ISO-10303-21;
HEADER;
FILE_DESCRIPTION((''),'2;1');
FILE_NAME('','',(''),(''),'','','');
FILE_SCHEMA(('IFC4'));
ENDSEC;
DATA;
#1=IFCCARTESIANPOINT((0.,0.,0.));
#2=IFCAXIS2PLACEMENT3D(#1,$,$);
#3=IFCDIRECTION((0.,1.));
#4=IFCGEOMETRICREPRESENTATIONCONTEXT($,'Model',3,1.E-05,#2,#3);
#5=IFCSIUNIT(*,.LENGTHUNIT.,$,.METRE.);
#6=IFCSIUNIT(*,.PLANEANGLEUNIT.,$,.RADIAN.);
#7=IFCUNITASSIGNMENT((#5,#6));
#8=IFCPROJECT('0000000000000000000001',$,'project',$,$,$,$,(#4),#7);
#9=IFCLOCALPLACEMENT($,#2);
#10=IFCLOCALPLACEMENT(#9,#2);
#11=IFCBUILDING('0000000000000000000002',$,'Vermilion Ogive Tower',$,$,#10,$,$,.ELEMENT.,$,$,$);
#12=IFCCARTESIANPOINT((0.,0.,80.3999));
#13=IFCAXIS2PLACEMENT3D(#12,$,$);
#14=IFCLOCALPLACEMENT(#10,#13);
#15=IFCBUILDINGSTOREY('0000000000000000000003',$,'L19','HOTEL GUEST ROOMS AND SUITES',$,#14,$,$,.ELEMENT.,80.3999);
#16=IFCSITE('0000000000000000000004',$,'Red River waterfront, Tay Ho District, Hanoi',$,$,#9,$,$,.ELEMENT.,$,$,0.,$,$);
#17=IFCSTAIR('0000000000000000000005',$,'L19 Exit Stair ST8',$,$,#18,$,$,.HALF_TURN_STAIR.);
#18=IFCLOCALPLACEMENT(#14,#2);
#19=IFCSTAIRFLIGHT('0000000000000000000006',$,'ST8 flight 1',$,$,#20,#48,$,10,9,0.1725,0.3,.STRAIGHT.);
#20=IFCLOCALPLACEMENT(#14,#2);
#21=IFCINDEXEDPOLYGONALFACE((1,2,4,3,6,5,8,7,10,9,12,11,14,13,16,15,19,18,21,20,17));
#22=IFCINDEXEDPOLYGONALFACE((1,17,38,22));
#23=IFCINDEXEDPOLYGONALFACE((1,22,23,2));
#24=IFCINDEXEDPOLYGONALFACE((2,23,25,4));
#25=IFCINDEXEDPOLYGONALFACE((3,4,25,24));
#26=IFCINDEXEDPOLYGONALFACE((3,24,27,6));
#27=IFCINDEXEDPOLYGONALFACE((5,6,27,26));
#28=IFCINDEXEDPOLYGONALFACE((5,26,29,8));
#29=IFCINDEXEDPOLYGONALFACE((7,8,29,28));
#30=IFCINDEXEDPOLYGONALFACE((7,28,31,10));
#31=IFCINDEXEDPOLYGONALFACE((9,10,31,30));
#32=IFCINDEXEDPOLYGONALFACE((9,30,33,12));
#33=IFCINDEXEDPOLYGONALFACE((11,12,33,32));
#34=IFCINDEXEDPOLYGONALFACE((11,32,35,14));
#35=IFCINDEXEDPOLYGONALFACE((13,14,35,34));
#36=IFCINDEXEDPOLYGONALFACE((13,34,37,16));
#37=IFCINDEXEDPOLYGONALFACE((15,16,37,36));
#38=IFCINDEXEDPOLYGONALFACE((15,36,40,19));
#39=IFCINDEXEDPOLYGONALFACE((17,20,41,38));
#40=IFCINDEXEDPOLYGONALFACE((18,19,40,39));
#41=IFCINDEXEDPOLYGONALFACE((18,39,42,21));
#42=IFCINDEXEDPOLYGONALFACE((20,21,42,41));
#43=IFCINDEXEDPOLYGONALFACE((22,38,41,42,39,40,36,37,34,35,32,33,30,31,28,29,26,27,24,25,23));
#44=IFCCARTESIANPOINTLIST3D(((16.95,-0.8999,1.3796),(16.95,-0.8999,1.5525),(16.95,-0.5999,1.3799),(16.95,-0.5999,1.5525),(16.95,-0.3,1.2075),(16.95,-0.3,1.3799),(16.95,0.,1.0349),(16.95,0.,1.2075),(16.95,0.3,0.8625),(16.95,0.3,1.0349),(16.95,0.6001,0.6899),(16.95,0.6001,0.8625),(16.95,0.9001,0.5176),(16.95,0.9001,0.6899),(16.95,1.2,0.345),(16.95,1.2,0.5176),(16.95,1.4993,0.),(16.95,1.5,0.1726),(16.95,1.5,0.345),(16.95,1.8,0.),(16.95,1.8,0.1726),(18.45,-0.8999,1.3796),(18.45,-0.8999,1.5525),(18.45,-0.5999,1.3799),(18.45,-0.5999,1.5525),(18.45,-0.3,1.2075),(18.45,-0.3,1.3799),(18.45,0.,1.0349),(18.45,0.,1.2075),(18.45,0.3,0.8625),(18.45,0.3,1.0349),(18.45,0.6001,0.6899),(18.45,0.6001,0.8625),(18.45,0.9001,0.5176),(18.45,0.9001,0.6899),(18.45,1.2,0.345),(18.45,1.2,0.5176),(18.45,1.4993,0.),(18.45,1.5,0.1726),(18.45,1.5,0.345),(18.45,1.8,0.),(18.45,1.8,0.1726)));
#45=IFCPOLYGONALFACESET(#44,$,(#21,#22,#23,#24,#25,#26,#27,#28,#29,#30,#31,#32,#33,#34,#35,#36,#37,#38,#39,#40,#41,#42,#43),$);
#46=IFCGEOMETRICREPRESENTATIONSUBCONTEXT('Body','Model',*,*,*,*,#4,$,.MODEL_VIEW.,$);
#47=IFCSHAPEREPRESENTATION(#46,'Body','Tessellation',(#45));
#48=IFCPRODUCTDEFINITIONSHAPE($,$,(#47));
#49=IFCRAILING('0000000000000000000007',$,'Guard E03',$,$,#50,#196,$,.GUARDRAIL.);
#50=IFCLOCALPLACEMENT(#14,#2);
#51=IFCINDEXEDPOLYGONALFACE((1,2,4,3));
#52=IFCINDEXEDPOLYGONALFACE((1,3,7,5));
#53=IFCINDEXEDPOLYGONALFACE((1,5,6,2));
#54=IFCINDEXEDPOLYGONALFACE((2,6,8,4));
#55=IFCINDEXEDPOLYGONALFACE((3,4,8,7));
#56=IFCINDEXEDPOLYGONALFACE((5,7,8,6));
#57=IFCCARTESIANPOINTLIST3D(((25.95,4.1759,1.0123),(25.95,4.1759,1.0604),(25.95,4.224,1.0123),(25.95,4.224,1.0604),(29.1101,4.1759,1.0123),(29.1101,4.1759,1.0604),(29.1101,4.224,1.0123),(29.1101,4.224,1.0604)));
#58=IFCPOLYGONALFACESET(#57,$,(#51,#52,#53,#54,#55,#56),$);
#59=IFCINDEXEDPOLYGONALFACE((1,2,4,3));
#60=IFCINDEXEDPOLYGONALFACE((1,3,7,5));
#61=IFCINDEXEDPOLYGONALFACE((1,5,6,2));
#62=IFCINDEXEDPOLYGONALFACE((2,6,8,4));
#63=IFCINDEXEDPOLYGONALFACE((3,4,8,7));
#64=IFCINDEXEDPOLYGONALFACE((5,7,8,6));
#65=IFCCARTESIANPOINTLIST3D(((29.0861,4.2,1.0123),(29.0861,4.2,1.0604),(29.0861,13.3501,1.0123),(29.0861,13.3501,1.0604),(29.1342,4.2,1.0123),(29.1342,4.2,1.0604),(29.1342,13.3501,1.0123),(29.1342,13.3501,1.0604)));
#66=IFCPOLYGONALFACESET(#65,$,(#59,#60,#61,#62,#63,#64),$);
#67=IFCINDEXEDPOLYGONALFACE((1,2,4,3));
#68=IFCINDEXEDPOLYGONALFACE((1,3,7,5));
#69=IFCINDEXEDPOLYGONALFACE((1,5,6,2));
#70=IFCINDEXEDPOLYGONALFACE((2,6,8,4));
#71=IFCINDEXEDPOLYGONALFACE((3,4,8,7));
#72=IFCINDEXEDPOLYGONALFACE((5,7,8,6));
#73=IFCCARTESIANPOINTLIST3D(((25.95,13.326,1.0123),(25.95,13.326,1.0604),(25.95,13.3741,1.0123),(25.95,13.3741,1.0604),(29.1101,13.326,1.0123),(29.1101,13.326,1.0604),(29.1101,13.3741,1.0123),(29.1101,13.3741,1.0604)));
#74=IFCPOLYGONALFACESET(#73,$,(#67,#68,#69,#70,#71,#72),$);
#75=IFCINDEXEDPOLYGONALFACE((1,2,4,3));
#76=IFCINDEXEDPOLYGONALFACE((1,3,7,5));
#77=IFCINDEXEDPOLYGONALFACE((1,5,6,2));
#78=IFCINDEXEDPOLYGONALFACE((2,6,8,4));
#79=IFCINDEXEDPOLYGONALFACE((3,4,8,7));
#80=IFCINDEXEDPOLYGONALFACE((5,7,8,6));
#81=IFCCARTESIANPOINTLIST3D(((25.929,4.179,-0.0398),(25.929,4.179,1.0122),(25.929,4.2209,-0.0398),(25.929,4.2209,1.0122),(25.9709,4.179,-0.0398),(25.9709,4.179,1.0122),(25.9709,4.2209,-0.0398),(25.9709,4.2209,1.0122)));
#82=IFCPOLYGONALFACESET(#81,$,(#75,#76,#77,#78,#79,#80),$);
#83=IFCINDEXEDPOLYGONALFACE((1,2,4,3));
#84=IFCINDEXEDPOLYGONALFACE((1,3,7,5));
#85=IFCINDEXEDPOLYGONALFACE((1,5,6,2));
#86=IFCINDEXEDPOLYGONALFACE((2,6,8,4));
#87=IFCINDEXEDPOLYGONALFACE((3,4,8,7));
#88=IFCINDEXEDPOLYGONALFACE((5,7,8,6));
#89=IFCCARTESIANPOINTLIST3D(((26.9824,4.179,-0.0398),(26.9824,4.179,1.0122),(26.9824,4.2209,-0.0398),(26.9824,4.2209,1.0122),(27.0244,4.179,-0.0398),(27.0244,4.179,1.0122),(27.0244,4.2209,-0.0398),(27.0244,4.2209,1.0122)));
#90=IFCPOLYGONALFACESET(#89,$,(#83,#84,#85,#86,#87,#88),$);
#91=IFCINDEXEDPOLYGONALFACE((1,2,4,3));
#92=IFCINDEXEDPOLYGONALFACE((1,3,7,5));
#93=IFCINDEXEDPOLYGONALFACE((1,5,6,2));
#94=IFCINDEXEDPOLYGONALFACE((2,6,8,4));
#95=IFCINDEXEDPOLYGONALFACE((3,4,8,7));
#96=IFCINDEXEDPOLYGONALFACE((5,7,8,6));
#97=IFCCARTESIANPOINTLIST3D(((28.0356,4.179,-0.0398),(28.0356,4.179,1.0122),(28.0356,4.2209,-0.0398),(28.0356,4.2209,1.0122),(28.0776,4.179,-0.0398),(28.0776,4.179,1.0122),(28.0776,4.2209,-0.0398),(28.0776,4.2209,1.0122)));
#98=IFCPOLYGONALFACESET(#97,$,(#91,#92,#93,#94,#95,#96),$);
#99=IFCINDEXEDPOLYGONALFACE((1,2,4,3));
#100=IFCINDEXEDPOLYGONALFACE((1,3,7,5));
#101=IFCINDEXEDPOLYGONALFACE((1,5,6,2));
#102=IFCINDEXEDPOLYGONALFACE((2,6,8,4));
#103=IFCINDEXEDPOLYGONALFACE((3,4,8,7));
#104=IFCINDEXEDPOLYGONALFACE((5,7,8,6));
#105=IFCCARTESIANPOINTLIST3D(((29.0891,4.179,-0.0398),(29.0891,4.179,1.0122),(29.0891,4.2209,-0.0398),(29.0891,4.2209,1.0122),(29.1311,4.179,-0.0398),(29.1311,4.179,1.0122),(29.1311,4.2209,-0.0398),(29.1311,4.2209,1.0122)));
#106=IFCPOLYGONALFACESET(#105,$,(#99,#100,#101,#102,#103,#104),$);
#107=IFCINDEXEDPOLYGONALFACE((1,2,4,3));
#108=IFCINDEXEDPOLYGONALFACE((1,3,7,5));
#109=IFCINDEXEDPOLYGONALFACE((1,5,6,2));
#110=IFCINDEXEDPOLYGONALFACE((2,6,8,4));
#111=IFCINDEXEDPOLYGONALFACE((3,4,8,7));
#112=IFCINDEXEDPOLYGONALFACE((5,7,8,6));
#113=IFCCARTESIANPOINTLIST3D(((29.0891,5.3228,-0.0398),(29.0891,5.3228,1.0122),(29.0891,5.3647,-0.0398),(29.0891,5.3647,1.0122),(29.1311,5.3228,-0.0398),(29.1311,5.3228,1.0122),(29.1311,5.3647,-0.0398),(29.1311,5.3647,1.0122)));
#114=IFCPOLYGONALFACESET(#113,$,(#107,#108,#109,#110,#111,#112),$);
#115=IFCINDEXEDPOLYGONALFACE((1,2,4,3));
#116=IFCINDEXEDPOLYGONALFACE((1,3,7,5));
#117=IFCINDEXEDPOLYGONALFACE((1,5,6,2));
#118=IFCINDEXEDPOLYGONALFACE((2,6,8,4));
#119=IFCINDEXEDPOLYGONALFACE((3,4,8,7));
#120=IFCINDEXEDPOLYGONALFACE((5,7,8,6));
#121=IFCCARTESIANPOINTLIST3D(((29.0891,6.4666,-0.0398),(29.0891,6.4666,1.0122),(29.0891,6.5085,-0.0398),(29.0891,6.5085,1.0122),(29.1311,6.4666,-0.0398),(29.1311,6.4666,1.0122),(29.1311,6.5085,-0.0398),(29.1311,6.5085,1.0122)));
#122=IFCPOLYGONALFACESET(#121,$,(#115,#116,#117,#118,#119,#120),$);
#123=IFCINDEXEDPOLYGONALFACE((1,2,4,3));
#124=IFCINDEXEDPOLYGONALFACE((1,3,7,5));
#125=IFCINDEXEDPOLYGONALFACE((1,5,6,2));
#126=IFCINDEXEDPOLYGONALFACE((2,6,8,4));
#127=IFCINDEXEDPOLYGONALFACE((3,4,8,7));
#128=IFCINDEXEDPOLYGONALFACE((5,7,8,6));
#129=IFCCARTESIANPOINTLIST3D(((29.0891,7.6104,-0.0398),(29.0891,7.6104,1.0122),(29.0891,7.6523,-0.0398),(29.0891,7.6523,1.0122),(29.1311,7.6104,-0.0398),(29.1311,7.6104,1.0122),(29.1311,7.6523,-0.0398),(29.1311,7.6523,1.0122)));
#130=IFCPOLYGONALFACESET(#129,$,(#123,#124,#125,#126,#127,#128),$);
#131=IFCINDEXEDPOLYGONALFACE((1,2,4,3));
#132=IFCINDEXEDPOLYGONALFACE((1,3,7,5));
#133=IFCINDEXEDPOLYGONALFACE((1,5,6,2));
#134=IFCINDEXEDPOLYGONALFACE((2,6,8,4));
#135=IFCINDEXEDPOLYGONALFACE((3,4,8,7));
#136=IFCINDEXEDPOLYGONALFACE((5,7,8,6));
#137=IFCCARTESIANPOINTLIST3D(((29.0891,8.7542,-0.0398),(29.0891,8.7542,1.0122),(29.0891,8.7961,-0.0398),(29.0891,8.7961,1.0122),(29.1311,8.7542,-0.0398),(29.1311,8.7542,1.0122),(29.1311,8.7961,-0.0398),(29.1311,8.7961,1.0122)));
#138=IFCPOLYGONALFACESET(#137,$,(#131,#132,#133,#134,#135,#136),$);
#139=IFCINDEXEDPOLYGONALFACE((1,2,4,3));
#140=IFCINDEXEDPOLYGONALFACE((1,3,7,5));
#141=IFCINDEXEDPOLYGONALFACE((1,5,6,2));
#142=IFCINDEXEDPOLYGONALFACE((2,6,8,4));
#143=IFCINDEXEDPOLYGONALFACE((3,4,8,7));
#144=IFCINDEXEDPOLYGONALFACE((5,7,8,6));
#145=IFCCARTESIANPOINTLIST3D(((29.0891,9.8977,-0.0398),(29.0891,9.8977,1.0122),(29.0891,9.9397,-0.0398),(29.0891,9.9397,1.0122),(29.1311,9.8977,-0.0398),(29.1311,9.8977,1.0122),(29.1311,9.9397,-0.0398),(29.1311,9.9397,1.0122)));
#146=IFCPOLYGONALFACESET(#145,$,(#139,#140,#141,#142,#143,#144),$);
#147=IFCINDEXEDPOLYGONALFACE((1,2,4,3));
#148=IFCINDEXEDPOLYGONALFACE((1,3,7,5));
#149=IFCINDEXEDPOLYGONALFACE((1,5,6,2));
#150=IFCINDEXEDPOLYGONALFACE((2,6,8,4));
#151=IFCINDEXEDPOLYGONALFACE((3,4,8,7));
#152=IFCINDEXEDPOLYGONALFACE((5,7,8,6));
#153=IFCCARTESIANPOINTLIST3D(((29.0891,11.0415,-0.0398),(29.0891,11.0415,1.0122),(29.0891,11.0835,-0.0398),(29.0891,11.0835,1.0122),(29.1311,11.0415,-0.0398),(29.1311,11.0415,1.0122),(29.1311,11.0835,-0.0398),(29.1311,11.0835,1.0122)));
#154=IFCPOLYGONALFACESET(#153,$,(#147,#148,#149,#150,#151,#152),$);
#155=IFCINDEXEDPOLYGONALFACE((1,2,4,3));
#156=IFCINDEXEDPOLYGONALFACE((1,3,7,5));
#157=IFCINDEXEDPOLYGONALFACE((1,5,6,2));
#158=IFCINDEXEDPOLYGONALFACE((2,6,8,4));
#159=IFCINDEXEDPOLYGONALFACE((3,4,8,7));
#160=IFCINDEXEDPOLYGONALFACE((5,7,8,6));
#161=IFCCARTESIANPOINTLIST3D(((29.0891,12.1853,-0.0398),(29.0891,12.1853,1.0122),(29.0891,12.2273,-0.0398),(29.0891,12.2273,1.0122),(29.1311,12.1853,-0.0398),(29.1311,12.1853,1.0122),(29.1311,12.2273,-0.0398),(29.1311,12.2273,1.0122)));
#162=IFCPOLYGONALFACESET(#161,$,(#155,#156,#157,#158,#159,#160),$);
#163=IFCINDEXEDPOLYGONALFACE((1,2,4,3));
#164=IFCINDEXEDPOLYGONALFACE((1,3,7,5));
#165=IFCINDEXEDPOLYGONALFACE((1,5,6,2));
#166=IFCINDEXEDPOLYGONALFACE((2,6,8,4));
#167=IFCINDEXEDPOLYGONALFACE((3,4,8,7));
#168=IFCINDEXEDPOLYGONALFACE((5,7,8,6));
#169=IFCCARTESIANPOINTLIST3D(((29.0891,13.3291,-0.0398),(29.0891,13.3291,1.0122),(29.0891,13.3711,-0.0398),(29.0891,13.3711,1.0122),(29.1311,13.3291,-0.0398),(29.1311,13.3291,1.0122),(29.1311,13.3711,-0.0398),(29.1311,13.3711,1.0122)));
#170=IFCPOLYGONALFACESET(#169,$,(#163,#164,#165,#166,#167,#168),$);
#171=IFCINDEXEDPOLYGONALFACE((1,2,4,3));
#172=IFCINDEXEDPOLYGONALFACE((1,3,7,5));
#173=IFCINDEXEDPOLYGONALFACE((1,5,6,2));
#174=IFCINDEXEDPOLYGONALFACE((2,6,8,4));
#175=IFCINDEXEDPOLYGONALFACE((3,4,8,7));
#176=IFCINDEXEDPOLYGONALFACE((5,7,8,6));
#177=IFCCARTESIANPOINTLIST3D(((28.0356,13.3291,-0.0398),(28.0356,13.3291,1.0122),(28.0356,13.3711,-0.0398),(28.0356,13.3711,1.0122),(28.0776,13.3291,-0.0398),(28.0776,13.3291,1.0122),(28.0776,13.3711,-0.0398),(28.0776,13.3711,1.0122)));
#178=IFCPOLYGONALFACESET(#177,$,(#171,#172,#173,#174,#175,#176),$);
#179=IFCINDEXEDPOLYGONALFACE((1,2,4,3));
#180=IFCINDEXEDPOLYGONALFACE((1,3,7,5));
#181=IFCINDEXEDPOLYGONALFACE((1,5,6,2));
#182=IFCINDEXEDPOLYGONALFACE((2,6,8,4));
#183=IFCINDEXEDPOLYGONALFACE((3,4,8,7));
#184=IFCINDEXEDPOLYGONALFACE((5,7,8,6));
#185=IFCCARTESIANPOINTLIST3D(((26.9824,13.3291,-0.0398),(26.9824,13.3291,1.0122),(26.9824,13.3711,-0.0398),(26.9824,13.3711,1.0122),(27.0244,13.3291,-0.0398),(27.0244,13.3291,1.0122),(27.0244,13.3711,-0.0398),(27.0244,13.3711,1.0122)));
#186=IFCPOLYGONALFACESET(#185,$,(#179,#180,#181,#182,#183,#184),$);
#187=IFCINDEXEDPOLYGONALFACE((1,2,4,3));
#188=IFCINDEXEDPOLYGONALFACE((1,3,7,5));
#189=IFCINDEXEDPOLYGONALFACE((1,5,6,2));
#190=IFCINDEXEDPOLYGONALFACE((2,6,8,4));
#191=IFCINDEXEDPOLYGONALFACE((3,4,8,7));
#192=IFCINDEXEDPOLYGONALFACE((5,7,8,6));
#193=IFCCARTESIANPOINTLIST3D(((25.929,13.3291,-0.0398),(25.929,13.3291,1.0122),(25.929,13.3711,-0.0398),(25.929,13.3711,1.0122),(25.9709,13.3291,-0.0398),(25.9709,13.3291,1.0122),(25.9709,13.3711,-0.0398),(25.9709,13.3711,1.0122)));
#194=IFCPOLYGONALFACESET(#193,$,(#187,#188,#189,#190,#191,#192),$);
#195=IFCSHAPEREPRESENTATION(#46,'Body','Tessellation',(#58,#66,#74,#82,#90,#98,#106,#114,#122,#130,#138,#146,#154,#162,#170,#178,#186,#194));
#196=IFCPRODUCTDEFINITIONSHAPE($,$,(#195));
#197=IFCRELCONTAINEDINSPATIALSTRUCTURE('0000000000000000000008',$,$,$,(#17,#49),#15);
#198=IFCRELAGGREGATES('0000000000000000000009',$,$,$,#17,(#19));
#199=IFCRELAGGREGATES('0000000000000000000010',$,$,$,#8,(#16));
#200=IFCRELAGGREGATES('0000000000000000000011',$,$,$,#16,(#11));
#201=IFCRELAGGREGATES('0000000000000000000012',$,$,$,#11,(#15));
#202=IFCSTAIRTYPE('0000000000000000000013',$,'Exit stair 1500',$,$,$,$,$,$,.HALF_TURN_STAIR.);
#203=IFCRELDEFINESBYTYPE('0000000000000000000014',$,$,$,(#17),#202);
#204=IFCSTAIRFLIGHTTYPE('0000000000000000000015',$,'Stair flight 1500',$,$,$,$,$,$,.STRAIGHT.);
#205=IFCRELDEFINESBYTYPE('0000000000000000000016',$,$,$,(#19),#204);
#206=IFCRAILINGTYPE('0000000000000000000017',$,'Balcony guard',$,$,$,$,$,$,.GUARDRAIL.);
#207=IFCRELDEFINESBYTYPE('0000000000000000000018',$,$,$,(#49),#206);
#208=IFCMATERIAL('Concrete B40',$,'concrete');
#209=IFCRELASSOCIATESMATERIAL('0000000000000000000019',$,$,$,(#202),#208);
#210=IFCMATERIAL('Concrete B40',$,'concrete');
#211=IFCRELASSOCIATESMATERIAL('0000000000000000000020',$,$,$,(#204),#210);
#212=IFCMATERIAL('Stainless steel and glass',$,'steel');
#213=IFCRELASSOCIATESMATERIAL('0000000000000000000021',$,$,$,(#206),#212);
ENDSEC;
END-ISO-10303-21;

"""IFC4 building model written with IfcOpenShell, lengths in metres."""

from ifc_helpers import new_model, si_unit, direction, frame, origin, origin_2d, place, context, subcontext, project, spatial, polyline, rectangle, outline, extrude, material, type_object, element, aggregate, save


model = new_model("IFC4")

# Units and contexts
model_context = context("Model", 3, precision=1e-05, world=origin(), true_north=direction((0.0, 1.0)))
body_context = subcontext(model_context, "Body", "Model", "MODEL_VIEW")
ifc_project = project(units=[si_unit("LENGTHUNIT", "METRE"), si_unit("PLANEANGLEUNIT", "RADIAN")], contexts=[model_context])

# Site, building, storey
site_placement = place(None, origin())
site = spatial("IfcSite", under=ifc_project, at=site_placement, Name="Red River waterfront, Tay Ho District, Hanoi", CompositionType="ELEMENT", RefElevation=0.0)
building_placement = place(site_placement, origin())
building = spatial("IfcBuilding", under=site, at=building_placement, Name="Vermilion Ogive Tower", CompositionType="ELEMENT")
storey_placement = place(building_placement, frame((0.0, 0.0, 80.3999)))
storey = spatial("IfcBuildingStorey", under=building, at=storey_placement, Name="L19", Description="HOTEL GUEST ROOMS AND SUITES", CompositionType="ELEMENT", Elevation=80.3999)

# Stair, stair flight
ifc_material_1 = material(Name="Concrete B40", Category="concrete")
stair_type = type_object("IfcStairType", Name="Exit stair 1500", PredefinedType="HALF_TURN_STAIR", material=ifc_material_1)
stair_placement = place(storey_placement, origin())
stair = element("IfcStair", 1, at=stair_placement, inside=storey, type_object=stair_type, Name="L19 Exit Stair ST8", PredefinedType="HALF_TURN_STAIR")
ifc_material_2 = material(Name="Concrete B40", Category="concrete")
stair_flight_type = type_object("IfcStairFlightType", Name="Stair flight 1500", PredefinedType="STRAIGHT", material=ifc_material_2)
stair_flight_placement = place(storey_placement, frame((17.7, 1.8, 0.0), z_axis=(0.0, 0.0, 1.0), x_axis=(0.0, -1.0, 0.0)))
stair_flight = element("IfcStairFlight", 2, at=stair_flight_placement, type_object=stair_flight_type, Name="ST8 flight 1", NumberOfRisers=10, NumberOfTreads=9, PredefinedType="STRAIGHT", RiserHeight=0.1725, TreadLength=0.3, context=body_context, shape_type="SweptSolid", body=[
    extrude(outline(polyline([(0.0, 0.0), (0.0, 0.1726), (0.3, 0.1726), (0.3, 0.345), (0.6001, 0.345), (0.6001, 0.5176), (0.8999, 0.5176), (0.8999, 0.6899), (1.2, 0.6899), (1.2, 0.8625), (1.5, 0.8625), (1.5, 1.0349), (1.8, 1.0349), (1.8, 1.2075), (2.1001, 1.2075), (2.1001, 1.3799), (2.3999, 1.3799), (2.3999, 1.5525), (2.7, 1.5525), (2.7, 1.7251), (2.7, 1.3796), (0.3008, 0.0), (0.0, 0.0)])), frame((0.0, 0.75, 0.0), z_axis=(0.0, -1.0, 0.0), x_axis=(1.0, 0.0, 0.0)), (0.0, 0.0, 1.0), 1.5),
])
aggregate(stair, [stair_flight])

# Railing
ifc_material_3 = material(Name="Stainless steel and glass", Category="steel")
railing_type_1 = type_object("IfcRailingType", Name="Balcony guard", PredefinedType="GUARDRAIL", material=ifc_material_3)
railing_1_placement = place(storey_placement, frame((25.95, 4.2, -0.0398)))
element("IfcRailing", 3, at=railing_1_placement, inside=storey, type_object=railing_type_1, Name="Guard E03", PredefinedType="GUARDRAIL", context=body_context, shape_type="SweptSolid", body=[
    extrude(rectangle(XDim=0.0481, YDim=0.0481, at=origin_2d()), frame((0.0, 0.0, 1.0762), z_axis=(1.0, 0.0, 0.0), x_axis=(0.0, 1.0, 0.0)), (0.0, 0.0, 1.0), 3.1602),
    extrude(rectangle(XDim=0.0481, YDim=0.0481, at=origin_2d()), frame((3.1602, 0.0, 1.0762), z_axis=(0.0, 1.0, 0.0), x_axis=(-1.0, 0.0, 0.0)), (0.0, 0.0, 1.0), 9.1501),
    extrude(rectangle(XDim=0.0481, YDim=0.0481, at=origin_2d()), frame((3.1602, 9.1501, 1.0762), z_axis=(-1.0, 0.0, 0.0), x_axis=(0.0, -1.0, 0.0)), (0.0, 0.0, 1.0), 3.1602),
    extrude(rectangle(XDim=0.042, YDim=0.042, at=origin_2d()), origin(), (0.0, 0.0, 1.0), 1.052),
    extrude(rectangle(XDim=0.042, YDim=0.042, at=origin_2d()), frame((1.0535, 0.0, 0.0)), (0.0, 0.0, 1.0), 1.052),
    extrude(rectangle(XDim=0.042, YDim=0.042, at=origin_2d()), frame((2.1067, 0.0, 0.0)), (0.0, 0.0, 1.0), 1.052),
    extrude(rectangle(XDim=0.042, YDim=0.042, at=origin_2d()), frame((3.1602, 0.0, 0.0)), (0.0, 0.0, 1.0), 1.052),
    extrude(rectangle(XDim=0.042, YDim=0.042, at=origin_2d()), frame((3.1602, 1.1438, 0.0)), (0.0, 0.0, 1.0), 1.052),
    extrude(rectangle(XDim=0.042, YDim=0.042, at=origin_2d()), frame((3.1602, 2.2876, 0.0)), (0.0, 0.0, 1.0), 1.052),
    extrude(rectangle(XDim=0.042, YDim=0.042, at=origin_2d()), frame((3.1602, 3.4314, 0.0)), (0.0, 0.0, 1.0), 1.052),
    extrude(rectangle(XDim=0.042, YDim=0.042, at=origin_2d()), frame((3.1602, 4.5752, 0.0)), (0.0, 0.0, 1.0), 1.052),
    extrude(rectangle(XDim=0.042, YDim=0.042, at=origin_2d()), frame((3.1602, 5.7188, 0.0)), (0.0, 0.0, 1.0), 1.052),
    extrude(rectangle(XDim=0.042, YDim=0.042, at=origin_2d()), frame((3.1602, 6.8625, 0.0)), (0.0, 0.0, 1.0), 1.052),
    extrude(rectangle(XDim=0.042, YDim=0.042, at=origin_2d()), frame((3.1602, 8.0063, 0.0)), (0.0, 0.0, 1.0), 1.052),
    extrude(rectangle(XDim=0.042, YDim=0.042, at=origin_2d()), frame((3.1602, 9.1501, 0.0)), (0.0, 0.0, 1.0), 1.052),
    extrude(rectangle(XDim=0.042, YDim=0.042, at=origin_2d()), frame((2.1067, 9.1501, 0.0)), (0.0, 0.0, 1.0), 1.052),
    extrude(rectangle(XDim=0.042, YDim=0.042, at=origin_2d()), frame((1.0535, 9.1501, 0.0)), (0.0, 0.0, 1.0), 1.052),
    extrude(rectangle(XDim=0.042, YDim=0.042, at=origin_2d()), frame((0.0, 9.1501, 0.0)), (0.0, 0.0, 1.0), 1.052),
])

save(model, "model.ifc")
